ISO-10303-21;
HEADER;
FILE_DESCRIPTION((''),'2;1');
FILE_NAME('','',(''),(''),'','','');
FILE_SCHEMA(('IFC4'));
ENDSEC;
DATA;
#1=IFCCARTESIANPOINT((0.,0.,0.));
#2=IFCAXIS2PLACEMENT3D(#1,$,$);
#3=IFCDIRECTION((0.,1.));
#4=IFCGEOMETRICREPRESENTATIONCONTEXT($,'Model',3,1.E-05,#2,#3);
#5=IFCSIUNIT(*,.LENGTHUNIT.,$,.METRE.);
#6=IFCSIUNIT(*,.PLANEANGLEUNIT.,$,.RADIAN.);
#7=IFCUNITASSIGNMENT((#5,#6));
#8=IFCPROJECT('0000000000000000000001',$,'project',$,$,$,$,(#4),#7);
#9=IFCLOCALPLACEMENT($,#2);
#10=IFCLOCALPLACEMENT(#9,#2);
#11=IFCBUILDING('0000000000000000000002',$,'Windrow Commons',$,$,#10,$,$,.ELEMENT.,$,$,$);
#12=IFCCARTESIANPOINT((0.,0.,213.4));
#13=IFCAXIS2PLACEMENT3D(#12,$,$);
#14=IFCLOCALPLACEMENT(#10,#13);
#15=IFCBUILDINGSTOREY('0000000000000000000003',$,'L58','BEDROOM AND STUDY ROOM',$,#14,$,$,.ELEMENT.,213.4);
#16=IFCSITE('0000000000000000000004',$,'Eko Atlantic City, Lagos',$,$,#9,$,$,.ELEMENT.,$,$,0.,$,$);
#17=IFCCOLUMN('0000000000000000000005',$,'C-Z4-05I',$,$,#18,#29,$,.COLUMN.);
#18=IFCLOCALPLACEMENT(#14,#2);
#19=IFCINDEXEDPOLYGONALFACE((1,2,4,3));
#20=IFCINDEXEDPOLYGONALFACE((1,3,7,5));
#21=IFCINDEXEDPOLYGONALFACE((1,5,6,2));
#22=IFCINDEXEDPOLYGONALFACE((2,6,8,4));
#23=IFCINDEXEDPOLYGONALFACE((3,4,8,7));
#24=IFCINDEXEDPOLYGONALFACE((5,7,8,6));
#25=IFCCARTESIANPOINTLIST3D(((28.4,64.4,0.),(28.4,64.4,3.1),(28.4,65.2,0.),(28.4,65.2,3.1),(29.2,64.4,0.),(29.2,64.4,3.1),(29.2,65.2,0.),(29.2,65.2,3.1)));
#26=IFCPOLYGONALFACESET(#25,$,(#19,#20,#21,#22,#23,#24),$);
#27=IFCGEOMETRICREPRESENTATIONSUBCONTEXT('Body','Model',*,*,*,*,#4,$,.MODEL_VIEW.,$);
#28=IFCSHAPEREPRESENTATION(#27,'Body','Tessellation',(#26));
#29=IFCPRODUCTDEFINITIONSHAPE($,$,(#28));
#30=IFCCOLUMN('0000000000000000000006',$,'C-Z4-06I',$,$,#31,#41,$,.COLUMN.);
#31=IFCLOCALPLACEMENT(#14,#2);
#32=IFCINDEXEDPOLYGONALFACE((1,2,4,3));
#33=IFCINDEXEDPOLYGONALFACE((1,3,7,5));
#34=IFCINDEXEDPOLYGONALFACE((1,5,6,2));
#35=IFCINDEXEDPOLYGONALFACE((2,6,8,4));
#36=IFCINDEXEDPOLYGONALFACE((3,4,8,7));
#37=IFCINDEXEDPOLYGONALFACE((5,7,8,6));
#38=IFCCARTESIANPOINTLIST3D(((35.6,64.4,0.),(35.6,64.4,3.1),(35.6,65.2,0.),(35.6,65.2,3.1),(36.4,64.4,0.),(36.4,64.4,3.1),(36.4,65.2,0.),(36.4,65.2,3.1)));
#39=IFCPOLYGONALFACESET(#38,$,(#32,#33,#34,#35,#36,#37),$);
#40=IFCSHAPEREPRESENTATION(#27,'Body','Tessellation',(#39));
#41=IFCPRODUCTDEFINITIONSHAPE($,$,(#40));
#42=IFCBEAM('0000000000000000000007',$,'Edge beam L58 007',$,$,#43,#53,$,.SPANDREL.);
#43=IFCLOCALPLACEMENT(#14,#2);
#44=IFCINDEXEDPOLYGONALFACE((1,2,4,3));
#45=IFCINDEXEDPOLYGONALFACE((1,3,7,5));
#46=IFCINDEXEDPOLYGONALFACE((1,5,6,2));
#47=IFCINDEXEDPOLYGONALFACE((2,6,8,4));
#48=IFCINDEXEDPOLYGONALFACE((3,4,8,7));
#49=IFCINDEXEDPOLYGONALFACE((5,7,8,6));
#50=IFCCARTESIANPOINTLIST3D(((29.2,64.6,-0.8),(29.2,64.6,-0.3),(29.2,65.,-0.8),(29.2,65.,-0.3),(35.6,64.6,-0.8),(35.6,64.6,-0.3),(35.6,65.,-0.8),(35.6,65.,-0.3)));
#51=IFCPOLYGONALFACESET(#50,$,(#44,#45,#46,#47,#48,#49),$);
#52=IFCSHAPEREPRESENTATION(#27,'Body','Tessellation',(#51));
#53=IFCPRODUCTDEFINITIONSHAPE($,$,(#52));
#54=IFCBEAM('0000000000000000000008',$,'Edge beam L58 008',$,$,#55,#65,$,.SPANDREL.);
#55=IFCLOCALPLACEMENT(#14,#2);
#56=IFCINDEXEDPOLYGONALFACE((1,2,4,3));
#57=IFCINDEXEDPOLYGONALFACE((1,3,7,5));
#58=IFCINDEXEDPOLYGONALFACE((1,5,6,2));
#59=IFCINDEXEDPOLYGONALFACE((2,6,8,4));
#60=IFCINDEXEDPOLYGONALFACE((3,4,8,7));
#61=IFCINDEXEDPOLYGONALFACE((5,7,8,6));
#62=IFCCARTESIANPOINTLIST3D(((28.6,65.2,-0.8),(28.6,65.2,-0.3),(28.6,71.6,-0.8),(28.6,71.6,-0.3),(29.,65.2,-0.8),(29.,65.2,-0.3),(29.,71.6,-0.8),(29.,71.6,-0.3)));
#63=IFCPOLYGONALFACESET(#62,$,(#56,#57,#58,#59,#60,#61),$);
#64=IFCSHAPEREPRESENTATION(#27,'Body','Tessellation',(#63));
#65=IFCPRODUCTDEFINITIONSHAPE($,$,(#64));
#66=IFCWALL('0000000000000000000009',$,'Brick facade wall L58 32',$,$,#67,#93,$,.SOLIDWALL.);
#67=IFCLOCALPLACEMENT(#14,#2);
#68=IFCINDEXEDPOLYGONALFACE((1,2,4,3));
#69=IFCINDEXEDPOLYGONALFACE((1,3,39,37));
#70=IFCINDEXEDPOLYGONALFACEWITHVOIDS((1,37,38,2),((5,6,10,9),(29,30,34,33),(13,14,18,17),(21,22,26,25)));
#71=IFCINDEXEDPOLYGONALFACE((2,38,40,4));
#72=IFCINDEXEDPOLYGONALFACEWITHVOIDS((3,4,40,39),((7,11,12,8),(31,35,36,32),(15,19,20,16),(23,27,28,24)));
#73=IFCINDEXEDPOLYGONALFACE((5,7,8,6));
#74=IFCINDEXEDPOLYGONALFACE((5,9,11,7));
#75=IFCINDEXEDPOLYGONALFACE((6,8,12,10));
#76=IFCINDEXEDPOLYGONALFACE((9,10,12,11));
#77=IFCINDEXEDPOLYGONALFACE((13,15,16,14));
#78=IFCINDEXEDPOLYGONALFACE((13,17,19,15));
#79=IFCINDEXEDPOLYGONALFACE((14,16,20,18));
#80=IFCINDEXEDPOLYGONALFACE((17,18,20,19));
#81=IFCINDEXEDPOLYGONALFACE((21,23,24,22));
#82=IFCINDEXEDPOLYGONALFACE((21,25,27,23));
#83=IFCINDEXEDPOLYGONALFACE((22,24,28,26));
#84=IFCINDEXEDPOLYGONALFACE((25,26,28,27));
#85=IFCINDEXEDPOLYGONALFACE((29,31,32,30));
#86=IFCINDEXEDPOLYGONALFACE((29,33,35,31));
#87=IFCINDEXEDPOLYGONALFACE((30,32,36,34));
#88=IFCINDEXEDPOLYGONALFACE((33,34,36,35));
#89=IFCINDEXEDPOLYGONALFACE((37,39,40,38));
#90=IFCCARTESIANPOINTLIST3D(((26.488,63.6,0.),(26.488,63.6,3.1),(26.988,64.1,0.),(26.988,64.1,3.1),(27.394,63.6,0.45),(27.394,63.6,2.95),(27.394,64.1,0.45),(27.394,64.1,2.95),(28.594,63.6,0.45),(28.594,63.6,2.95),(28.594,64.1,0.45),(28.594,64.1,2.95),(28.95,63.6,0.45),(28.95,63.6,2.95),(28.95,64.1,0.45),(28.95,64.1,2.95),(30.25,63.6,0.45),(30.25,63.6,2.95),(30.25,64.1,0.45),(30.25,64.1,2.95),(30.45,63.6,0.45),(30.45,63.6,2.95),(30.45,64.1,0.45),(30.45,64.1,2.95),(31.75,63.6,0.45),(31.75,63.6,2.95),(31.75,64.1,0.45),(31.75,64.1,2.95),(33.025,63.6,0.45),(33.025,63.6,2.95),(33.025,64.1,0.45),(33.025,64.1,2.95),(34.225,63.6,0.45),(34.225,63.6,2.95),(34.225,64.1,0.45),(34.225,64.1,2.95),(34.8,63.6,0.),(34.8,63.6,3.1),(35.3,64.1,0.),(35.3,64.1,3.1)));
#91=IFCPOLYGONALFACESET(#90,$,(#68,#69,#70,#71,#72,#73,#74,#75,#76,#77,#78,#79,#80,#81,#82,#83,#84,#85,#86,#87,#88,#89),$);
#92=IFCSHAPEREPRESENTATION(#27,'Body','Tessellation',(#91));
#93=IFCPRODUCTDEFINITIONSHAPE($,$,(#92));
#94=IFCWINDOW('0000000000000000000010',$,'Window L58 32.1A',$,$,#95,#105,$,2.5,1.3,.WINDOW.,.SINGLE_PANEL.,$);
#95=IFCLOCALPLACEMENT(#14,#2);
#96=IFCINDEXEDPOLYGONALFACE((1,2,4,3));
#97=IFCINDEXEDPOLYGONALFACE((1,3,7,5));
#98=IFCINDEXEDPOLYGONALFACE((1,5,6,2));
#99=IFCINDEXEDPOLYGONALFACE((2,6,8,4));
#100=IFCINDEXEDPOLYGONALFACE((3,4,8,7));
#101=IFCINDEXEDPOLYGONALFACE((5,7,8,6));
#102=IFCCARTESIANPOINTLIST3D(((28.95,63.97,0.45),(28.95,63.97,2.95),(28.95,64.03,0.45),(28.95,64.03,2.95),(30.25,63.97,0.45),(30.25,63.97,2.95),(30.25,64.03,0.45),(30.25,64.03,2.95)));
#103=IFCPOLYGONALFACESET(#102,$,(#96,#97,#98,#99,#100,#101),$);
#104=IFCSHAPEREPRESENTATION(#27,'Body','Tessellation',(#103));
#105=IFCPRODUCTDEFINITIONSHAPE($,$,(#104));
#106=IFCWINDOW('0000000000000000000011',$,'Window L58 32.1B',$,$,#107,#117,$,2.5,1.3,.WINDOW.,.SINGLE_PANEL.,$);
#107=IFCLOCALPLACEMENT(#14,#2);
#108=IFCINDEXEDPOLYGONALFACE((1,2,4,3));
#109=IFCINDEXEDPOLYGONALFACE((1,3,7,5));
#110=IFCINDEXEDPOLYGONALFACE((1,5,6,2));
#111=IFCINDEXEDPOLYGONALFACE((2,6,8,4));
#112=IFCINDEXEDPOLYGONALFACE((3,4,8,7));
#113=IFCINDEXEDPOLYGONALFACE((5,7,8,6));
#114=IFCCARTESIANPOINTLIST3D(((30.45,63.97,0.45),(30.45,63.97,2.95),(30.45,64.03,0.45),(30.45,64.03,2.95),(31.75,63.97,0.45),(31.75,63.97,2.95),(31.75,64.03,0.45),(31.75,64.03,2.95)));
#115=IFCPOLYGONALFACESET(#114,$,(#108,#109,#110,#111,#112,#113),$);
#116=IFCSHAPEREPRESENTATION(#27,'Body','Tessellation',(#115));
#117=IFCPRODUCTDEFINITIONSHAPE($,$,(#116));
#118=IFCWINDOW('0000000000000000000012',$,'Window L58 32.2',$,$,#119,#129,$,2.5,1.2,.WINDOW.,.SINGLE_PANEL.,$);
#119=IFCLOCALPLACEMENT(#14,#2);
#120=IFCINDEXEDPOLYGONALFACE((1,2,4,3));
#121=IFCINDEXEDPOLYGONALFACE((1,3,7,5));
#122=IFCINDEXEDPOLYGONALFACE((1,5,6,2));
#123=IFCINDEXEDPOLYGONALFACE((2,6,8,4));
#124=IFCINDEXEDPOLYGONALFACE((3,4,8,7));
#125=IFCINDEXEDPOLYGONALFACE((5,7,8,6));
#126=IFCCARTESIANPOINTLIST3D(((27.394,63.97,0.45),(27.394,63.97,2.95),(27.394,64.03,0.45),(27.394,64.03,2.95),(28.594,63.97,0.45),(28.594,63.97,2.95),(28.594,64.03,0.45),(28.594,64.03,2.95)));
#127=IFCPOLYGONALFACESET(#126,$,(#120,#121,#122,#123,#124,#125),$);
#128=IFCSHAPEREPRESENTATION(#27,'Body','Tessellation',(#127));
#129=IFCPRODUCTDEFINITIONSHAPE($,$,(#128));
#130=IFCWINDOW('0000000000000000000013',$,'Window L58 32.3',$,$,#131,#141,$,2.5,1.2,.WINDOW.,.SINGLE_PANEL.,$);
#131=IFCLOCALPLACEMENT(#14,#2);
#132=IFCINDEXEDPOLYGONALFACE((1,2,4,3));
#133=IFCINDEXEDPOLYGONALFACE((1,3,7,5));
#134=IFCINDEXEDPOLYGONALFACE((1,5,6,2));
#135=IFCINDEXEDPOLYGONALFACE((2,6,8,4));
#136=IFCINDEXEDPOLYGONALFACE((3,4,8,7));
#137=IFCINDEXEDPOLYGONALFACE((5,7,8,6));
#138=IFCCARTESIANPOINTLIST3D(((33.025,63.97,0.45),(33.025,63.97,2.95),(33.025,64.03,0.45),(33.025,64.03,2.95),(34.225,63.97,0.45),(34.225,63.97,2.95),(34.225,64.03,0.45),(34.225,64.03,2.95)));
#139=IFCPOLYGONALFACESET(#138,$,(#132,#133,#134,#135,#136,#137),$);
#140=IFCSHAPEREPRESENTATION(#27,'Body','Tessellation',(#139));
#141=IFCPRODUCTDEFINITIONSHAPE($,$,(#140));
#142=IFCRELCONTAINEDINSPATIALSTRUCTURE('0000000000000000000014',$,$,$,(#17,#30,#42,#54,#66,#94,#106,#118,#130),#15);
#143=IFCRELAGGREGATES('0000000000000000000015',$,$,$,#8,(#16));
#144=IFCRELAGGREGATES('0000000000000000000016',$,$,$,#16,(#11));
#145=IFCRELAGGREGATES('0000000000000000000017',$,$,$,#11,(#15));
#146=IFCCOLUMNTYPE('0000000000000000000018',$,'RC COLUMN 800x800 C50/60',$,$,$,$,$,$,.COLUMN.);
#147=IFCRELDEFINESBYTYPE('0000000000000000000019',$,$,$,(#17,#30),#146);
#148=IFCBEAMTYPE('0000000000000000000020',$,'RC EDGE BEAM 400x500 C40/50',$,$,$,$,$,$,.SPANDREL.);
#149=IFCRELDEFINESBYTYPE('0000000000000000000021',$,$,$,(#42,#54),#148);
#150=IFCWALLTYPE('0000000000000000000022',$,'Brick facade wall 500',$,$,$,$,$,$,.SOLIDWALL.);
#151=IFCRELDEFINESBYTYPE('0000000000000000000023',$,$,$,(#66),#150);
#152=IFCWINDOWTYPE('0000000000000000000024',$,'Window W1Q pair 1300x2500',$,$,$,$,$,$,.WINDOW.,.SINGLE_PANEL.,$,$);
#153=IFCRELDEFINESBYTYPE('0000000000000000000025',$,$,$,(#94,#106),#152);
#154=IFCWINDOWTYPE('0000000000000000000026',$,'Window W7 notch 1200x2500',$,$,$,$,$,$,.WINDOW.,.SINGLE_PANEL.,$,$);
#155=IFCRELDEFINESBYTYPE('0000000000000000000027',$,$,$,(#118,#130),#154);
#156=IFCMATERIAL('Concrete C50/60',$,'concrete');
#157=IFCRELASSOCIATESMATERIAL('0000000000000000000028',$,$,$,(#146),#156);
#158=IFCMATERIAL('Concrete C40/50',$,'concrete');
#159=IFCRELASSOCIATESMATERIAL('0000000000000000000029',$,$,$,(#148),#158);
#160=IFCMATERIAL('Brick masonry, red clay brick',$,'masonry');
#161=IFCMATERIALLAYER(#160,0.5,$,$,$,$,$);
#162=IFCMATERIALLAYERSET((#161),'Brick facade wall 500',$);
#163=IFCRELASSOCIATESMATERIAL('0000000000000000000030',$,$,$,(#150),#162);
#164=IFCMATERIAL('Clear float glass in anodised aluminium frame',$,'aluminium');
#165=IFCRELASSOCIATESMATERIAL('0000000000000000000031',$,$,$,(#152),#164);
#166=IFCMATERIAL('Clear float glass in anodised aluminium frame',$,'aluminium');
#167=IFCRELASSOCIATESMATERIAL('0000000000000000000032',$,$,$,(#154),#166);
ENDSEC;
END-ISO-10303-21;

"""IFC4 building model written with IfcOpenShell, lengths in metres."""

from ifc_helpers import new_model, si_unit, direction, frame, frame_2d, origin, origin_2d, place, context, subcontext, project, spatial, polyline, rectangle, outline, extrude, material, layer, layer_set, material_profile, profile_set, type_object, element, fill, save


model = new_model("IFC4")

# Units and contexts
model_context = context("Model", 3, precision=1e-05, world=origin(), true_north=direction((0.0, 1.0)))
body_context = subcontext(model_context, "Body", "Model", "MODEL_VIEW")
ifc_project = project(units=[si_unit("LENGTHUNIT", "METRE"), si_unit("PLANEANGLEUNIT", "RADIAN")], contexts=[model_context])

# Site, building, storey
site_placement = place(None, origin())
site = spatial("IfcSite", under=ifc_project, at=site_placement, Name="Eko Atlantic City, Lagos", CompositionType="ELEMENT", RefElevation=0.0)
building_placement = place(site_placement, origin())
building = spatial("IfcBuilding", under=site, at=building_placement, Name="Windrow Commons", CompositionType="ELEMENT")
storey_placement = place(building_placement, frame((0.0, 0.0, 213.4)))
storey = spatial("IfcBuildingStorey", under=building, at=storey_placement, Name="L58", Description="BEDROOM AND STUDY ROOM", CompositionType="ELEMENT", Elevation=213.4)

# Columns
ifc_material_1 = material(Name="Concrete C50/60", Category="concrete")
ifc_material_profile_1 = material_profile(ifc_material_1, rectangle(XDim=0.8, YDim=0.8, at=origin_2d()))
ifc_profile_set_1 = profile_set([ifc_material_profile_1], Name="Concrete C50/60")
column_type = type_object("IfcColumnType", Name="RC COLUMN 800x800 C50/60", PredefinedType="COLUMN", material=ifc_profile_set_1)
for number, where, z_axis, x_axis, name in (
    (1, (28.8, 64.8, 0.0), (0.0, 0.0, 1.0), (1.0, 0.0, 0.0), "C-Z4-05I"),
    (2, (36.0, 64.8, 0.0), (0.0, 0.0, 1.0), (1.0, 0.0, 0.0), "C-Z4-06I"),
):
    element("IfcColumn", number, at=place(storey_placement, frame(where, z_axis=z_axis, x_axis=x_axis)), inside=storey, type_object=column_type, Name=name, PredefinedType="COLUMN", context=body_context, shape_type="SweptSolid", body=[
        extrude(rectangle(XDim=0.8, YDim=0.8, at=origin_2d()), origin(), (0.0, 0.0, 1.0), 3.1),
    ])

# Beams
ifc_material_2 = material(Name="Concrete C40/50", Category="concrete")
ifc_material_profile_2 = material_profile(ifc_material_2, rectangle(XDim=0.4, YDim=0.5, at=origin_2d()))
ifc_profile_set_2 = profile_set([ifc_material_profile_2], Name="Concrete C40/50")
beam_type = type_object("IfcBeamType", Name="RC EDGE BEAM 400x500 C40/50", PredefinedType="SPANDREL", material=ifc_profile_set_2)
for number, where, z_axis, x_axis, name in (
    (3, (35.6, 64.8, -0.55), (-1.0, 0.0, 0.0), (0.0, -1.0, 0.0), "Edge beam L58 007"),
    (4, (28.8, 65.2, -0.55), (0.0, 1.0, 0.0), (-1.0, 0.0, 0.0), "Edge beam L58 008"),
):
    element("IfcBeam", number, at=place(storey_placement, frame(where, z_axis=z_axis, x_axis=x_axis)), inside=storey, type_object=beam_type, Name=name, PredefinedType="SPANDREL", context=body_context, shape_type="SweptSolid", body=[
        extrude(rectangle(XDim=0.4, YDim=0.5, at=origin_2d()), origin(), (0.0, 0.0, 1.0), 6.4),
    ])

# Wall, openings, windows
ifc_material_3 = material(Name="Brick masonry, red clay brick", Category="masonry")
ifc_layer_1 = layer(ifc_material_3, 0.5)
ifc_layer_set_1 = layer_set([ifc_layer_1], Name="Brick facade wall 500")
wall_type_1 = type_object("IfcWallType", Name="Brick facade wall 500", PredefinedType="SOLIDWALL", material=ifc_layer_set_1)
wall_1_placement = place(storey_placement, frame((26.738, 63.85, 0.0), z_axis=(0.0, 0.0, 1.0), x_axis=(1.0, 0.0, 0.0)))
wall_1 = element("IfcWall", 5, at=wall_1_placement, inside=storey, type_object=wall_type_1, Name="Brick facade wall L58 32", PredefinedType="SOLIDWALL", context=body_context, shape_type="SweptSolid", body=[
    extrude(outline(polyline([(-0.25, -0.25), (8.062, -0.25), (8.562, 0.25), (0.25, 0.25), (-0.25, -0.25)])), origin(), (0.0, 0.0, 1.0), 3.1),
])
opening_1_placement = place(wall_1_placement, frame((2.212, 0.0, 0.45)))
opening_1 = element("IfcOpeningElement", 6, at=opening_1_placement, cuts=wall_1, PredefinedType="OPENING", context=body_context, shape_type="SweptSolid", body=[
    extrude(rectangle(XDim=1.3, YDim=2.5, at=frame_2d((0.65, 1.25))), frame((0.0, 0.26, 0.0), z_axis=(0.0, -1.0, 0.0), x_axis=(1.0, 0.0, 0.0)), (0.0, 0.0, 1.0), 0.52),
])
opening_2_placement = place(wall_1_placement, frame((3.712, 0.0, 0.45)))
opening_2 = element("IfcOpeningElement", 7, at=opening_2_placement, cuts=wall_1, PredefinedType="OPENING", context=body_context, shape_type="SweptSolid", body=[
    extrude(rectangle(XDim=1.3, YDim=2.5, at=frame_2d((0.65, 1.25))), frame((0.0, 0.26, 0.0), z_axis=(0.0, -1.0, 0.0), x_axis=(1.0, 0.0, 0.0)), (0.0, 0.0, 1.0), 0.52),
])
opening_3_placement = place(wall_1_placement, frame((0.656, 0.0, 0.45)))
opening_3 = element("IfcOpeningElement", 8, at=opening_3_placement, cuts=wall_1, PredefinedType="OPENING", context=body_context, shape_type="SweptSolid", body=[
    extrude(rectangle(XDim=1.2, YDim=2.5, at=frame_2d((0.6, 1.25))), frame((0.0, 0.26, 0.0), z_axis=(0.0, -1.0, 0.0), x_axis=(1.0, 0.0, 0.0)), (0.0, 0.0, 1.0), 0.52),
])
opening_4_placement = place(wall_1_placement, frame((6.287, 0.0, 0.45)))
opening_4 = element("IfcOpeningElement", 9, at=opening_4_placement, cuts=wall_1, PredefinedType="OPENING", context=body_context, shape_type="SweptSolid", body=[
    extrude(rectangle(XDim=1.2, YDim=2.5, at=frame_2d((0.6, 1.25))), frame((0.0, 0.26, 0.0), z_axis=(0.0, -1.0, 0.0), x_axis=(1.0, 0.0, 0.0)), (0.0, 0.0, 1.0), 0.52),
])
ifc_material_4 = material(Name="Clear float glass in anodised aluminium frame", Category="aluminium")
window_type_1 = type_object("IfcWindowType", Name="Window W1Q pair 1300x2500", PartitioningType="SINGLE_PANEL", PredefinedType="WINDOW", material=ifc_material_4)
window_1_placement = place(opening_1_placement, origin())
window_1 = element("IfcWindow", 10, at=window_1_placement, inside=storey, type_object=window_type_1, Name="Window L58 32.1A", OverallHeight=2.5, OverallWidth=1.3, PartitioningType="SINGLE_PANEL", PredefinedType="WINDOW", context=body_context, shape_type="SweptSolid", body=[
    extrude(rectangle(XDim=1.3, YDim=2.5, at=frame_2d((0.65, 1.25))), frame((0.0, 0.18, 0.0), z_axis=(0.0, -1.0, 0.0), x_axis=(1.0, 0.0, 0.0)), (0.0, 0.0, 1.0), 0.06),
])
fill(opening_1, window_1)
window_2_placement = place(opening_2_placement, origin())
window_2 = element("IfcWindow", 11, at=window_2_placement, inside=storey, type_object=window_type_1, Name="Window L58 32.1B", OverallHeight=2.5, OverallWidth=1.3, PartitioningType="SINGLE_PANEL", PredefinedType="WINDOW", context=body_context, shape_type="SweptSolid", body=[
    extrude(rectangle(XDim=1.3, YDim=2.5, at=frame_2d((0.65, 1.25))), frame((0.0, 0.18, 0.0), z_axis=(0.0, -1.0, 0.0), x_axis=(1.0, 0.0, 0.0)), (0.0, 0.0, 1.0), 0.06),
])
fill(opening_2, window_2)
ifc_material_5 = material(Name="Clear float glass in anodised aluminium frame", Category="aluminium")
window_type_2 = type_object("IfcWindowType", Name="Window W7 notch 1200x2500", PartitioningType="SINGLE_PANEL", PredefinedType="WINDOW", material=ifc_material_5)
window_3_placement = place(opening_3_placement, origin())
window_3 = element("IfcWindow", 12, at=window_3_placement, inside=storey, type_object=window_type_2, Name="Window L58 32.2", OverallHeight=2.5, OverallWidth=1.2, PartitioningType="SINGLE_PANEL", PredefinedType="WINDOW", context=body_context, shape_type="SweptSolid", body=[
    extrude(rectangle(XDim=1.2, YDim=2.5, at=frame_2d((0.6, 1.25))), frame((0.0, 0.18, 0.0), z_axis=(0.0, -1.0, 0.0), x_axis=(1.0, 0.0, 0.0)), (0.0, 0.0, 1.0), 0.06),
])
fill(opening_3, window_3)
window_4_placement = place(opening_4_placement, origin())
window_4 = element("IfcWindow", 13, at=window_4_placement, inside=storey, type_object=window_type_2, Name="Window L58 32.3", OverallHeight=2.5, OverallWidth=1.2, PartitioningType="SINGLE_PANEL", PredefinedType="WINDOW", context=body_context, shape_type="SweptSolid", body=[
    extrude(rectangle(XDim=1.2, YDim=2.5, at=frame_2d((0.6, 1.25))), frame((0.0, 0.18, 0.0), z_axis=(0.0, -1.0, 0.0), x_axis=(1.0, 0.0, 0.0)), (0.0, 0.0, 1.0), 0.06),
])
fill(opening_4, window_4)

save(model, "model.ifc")
